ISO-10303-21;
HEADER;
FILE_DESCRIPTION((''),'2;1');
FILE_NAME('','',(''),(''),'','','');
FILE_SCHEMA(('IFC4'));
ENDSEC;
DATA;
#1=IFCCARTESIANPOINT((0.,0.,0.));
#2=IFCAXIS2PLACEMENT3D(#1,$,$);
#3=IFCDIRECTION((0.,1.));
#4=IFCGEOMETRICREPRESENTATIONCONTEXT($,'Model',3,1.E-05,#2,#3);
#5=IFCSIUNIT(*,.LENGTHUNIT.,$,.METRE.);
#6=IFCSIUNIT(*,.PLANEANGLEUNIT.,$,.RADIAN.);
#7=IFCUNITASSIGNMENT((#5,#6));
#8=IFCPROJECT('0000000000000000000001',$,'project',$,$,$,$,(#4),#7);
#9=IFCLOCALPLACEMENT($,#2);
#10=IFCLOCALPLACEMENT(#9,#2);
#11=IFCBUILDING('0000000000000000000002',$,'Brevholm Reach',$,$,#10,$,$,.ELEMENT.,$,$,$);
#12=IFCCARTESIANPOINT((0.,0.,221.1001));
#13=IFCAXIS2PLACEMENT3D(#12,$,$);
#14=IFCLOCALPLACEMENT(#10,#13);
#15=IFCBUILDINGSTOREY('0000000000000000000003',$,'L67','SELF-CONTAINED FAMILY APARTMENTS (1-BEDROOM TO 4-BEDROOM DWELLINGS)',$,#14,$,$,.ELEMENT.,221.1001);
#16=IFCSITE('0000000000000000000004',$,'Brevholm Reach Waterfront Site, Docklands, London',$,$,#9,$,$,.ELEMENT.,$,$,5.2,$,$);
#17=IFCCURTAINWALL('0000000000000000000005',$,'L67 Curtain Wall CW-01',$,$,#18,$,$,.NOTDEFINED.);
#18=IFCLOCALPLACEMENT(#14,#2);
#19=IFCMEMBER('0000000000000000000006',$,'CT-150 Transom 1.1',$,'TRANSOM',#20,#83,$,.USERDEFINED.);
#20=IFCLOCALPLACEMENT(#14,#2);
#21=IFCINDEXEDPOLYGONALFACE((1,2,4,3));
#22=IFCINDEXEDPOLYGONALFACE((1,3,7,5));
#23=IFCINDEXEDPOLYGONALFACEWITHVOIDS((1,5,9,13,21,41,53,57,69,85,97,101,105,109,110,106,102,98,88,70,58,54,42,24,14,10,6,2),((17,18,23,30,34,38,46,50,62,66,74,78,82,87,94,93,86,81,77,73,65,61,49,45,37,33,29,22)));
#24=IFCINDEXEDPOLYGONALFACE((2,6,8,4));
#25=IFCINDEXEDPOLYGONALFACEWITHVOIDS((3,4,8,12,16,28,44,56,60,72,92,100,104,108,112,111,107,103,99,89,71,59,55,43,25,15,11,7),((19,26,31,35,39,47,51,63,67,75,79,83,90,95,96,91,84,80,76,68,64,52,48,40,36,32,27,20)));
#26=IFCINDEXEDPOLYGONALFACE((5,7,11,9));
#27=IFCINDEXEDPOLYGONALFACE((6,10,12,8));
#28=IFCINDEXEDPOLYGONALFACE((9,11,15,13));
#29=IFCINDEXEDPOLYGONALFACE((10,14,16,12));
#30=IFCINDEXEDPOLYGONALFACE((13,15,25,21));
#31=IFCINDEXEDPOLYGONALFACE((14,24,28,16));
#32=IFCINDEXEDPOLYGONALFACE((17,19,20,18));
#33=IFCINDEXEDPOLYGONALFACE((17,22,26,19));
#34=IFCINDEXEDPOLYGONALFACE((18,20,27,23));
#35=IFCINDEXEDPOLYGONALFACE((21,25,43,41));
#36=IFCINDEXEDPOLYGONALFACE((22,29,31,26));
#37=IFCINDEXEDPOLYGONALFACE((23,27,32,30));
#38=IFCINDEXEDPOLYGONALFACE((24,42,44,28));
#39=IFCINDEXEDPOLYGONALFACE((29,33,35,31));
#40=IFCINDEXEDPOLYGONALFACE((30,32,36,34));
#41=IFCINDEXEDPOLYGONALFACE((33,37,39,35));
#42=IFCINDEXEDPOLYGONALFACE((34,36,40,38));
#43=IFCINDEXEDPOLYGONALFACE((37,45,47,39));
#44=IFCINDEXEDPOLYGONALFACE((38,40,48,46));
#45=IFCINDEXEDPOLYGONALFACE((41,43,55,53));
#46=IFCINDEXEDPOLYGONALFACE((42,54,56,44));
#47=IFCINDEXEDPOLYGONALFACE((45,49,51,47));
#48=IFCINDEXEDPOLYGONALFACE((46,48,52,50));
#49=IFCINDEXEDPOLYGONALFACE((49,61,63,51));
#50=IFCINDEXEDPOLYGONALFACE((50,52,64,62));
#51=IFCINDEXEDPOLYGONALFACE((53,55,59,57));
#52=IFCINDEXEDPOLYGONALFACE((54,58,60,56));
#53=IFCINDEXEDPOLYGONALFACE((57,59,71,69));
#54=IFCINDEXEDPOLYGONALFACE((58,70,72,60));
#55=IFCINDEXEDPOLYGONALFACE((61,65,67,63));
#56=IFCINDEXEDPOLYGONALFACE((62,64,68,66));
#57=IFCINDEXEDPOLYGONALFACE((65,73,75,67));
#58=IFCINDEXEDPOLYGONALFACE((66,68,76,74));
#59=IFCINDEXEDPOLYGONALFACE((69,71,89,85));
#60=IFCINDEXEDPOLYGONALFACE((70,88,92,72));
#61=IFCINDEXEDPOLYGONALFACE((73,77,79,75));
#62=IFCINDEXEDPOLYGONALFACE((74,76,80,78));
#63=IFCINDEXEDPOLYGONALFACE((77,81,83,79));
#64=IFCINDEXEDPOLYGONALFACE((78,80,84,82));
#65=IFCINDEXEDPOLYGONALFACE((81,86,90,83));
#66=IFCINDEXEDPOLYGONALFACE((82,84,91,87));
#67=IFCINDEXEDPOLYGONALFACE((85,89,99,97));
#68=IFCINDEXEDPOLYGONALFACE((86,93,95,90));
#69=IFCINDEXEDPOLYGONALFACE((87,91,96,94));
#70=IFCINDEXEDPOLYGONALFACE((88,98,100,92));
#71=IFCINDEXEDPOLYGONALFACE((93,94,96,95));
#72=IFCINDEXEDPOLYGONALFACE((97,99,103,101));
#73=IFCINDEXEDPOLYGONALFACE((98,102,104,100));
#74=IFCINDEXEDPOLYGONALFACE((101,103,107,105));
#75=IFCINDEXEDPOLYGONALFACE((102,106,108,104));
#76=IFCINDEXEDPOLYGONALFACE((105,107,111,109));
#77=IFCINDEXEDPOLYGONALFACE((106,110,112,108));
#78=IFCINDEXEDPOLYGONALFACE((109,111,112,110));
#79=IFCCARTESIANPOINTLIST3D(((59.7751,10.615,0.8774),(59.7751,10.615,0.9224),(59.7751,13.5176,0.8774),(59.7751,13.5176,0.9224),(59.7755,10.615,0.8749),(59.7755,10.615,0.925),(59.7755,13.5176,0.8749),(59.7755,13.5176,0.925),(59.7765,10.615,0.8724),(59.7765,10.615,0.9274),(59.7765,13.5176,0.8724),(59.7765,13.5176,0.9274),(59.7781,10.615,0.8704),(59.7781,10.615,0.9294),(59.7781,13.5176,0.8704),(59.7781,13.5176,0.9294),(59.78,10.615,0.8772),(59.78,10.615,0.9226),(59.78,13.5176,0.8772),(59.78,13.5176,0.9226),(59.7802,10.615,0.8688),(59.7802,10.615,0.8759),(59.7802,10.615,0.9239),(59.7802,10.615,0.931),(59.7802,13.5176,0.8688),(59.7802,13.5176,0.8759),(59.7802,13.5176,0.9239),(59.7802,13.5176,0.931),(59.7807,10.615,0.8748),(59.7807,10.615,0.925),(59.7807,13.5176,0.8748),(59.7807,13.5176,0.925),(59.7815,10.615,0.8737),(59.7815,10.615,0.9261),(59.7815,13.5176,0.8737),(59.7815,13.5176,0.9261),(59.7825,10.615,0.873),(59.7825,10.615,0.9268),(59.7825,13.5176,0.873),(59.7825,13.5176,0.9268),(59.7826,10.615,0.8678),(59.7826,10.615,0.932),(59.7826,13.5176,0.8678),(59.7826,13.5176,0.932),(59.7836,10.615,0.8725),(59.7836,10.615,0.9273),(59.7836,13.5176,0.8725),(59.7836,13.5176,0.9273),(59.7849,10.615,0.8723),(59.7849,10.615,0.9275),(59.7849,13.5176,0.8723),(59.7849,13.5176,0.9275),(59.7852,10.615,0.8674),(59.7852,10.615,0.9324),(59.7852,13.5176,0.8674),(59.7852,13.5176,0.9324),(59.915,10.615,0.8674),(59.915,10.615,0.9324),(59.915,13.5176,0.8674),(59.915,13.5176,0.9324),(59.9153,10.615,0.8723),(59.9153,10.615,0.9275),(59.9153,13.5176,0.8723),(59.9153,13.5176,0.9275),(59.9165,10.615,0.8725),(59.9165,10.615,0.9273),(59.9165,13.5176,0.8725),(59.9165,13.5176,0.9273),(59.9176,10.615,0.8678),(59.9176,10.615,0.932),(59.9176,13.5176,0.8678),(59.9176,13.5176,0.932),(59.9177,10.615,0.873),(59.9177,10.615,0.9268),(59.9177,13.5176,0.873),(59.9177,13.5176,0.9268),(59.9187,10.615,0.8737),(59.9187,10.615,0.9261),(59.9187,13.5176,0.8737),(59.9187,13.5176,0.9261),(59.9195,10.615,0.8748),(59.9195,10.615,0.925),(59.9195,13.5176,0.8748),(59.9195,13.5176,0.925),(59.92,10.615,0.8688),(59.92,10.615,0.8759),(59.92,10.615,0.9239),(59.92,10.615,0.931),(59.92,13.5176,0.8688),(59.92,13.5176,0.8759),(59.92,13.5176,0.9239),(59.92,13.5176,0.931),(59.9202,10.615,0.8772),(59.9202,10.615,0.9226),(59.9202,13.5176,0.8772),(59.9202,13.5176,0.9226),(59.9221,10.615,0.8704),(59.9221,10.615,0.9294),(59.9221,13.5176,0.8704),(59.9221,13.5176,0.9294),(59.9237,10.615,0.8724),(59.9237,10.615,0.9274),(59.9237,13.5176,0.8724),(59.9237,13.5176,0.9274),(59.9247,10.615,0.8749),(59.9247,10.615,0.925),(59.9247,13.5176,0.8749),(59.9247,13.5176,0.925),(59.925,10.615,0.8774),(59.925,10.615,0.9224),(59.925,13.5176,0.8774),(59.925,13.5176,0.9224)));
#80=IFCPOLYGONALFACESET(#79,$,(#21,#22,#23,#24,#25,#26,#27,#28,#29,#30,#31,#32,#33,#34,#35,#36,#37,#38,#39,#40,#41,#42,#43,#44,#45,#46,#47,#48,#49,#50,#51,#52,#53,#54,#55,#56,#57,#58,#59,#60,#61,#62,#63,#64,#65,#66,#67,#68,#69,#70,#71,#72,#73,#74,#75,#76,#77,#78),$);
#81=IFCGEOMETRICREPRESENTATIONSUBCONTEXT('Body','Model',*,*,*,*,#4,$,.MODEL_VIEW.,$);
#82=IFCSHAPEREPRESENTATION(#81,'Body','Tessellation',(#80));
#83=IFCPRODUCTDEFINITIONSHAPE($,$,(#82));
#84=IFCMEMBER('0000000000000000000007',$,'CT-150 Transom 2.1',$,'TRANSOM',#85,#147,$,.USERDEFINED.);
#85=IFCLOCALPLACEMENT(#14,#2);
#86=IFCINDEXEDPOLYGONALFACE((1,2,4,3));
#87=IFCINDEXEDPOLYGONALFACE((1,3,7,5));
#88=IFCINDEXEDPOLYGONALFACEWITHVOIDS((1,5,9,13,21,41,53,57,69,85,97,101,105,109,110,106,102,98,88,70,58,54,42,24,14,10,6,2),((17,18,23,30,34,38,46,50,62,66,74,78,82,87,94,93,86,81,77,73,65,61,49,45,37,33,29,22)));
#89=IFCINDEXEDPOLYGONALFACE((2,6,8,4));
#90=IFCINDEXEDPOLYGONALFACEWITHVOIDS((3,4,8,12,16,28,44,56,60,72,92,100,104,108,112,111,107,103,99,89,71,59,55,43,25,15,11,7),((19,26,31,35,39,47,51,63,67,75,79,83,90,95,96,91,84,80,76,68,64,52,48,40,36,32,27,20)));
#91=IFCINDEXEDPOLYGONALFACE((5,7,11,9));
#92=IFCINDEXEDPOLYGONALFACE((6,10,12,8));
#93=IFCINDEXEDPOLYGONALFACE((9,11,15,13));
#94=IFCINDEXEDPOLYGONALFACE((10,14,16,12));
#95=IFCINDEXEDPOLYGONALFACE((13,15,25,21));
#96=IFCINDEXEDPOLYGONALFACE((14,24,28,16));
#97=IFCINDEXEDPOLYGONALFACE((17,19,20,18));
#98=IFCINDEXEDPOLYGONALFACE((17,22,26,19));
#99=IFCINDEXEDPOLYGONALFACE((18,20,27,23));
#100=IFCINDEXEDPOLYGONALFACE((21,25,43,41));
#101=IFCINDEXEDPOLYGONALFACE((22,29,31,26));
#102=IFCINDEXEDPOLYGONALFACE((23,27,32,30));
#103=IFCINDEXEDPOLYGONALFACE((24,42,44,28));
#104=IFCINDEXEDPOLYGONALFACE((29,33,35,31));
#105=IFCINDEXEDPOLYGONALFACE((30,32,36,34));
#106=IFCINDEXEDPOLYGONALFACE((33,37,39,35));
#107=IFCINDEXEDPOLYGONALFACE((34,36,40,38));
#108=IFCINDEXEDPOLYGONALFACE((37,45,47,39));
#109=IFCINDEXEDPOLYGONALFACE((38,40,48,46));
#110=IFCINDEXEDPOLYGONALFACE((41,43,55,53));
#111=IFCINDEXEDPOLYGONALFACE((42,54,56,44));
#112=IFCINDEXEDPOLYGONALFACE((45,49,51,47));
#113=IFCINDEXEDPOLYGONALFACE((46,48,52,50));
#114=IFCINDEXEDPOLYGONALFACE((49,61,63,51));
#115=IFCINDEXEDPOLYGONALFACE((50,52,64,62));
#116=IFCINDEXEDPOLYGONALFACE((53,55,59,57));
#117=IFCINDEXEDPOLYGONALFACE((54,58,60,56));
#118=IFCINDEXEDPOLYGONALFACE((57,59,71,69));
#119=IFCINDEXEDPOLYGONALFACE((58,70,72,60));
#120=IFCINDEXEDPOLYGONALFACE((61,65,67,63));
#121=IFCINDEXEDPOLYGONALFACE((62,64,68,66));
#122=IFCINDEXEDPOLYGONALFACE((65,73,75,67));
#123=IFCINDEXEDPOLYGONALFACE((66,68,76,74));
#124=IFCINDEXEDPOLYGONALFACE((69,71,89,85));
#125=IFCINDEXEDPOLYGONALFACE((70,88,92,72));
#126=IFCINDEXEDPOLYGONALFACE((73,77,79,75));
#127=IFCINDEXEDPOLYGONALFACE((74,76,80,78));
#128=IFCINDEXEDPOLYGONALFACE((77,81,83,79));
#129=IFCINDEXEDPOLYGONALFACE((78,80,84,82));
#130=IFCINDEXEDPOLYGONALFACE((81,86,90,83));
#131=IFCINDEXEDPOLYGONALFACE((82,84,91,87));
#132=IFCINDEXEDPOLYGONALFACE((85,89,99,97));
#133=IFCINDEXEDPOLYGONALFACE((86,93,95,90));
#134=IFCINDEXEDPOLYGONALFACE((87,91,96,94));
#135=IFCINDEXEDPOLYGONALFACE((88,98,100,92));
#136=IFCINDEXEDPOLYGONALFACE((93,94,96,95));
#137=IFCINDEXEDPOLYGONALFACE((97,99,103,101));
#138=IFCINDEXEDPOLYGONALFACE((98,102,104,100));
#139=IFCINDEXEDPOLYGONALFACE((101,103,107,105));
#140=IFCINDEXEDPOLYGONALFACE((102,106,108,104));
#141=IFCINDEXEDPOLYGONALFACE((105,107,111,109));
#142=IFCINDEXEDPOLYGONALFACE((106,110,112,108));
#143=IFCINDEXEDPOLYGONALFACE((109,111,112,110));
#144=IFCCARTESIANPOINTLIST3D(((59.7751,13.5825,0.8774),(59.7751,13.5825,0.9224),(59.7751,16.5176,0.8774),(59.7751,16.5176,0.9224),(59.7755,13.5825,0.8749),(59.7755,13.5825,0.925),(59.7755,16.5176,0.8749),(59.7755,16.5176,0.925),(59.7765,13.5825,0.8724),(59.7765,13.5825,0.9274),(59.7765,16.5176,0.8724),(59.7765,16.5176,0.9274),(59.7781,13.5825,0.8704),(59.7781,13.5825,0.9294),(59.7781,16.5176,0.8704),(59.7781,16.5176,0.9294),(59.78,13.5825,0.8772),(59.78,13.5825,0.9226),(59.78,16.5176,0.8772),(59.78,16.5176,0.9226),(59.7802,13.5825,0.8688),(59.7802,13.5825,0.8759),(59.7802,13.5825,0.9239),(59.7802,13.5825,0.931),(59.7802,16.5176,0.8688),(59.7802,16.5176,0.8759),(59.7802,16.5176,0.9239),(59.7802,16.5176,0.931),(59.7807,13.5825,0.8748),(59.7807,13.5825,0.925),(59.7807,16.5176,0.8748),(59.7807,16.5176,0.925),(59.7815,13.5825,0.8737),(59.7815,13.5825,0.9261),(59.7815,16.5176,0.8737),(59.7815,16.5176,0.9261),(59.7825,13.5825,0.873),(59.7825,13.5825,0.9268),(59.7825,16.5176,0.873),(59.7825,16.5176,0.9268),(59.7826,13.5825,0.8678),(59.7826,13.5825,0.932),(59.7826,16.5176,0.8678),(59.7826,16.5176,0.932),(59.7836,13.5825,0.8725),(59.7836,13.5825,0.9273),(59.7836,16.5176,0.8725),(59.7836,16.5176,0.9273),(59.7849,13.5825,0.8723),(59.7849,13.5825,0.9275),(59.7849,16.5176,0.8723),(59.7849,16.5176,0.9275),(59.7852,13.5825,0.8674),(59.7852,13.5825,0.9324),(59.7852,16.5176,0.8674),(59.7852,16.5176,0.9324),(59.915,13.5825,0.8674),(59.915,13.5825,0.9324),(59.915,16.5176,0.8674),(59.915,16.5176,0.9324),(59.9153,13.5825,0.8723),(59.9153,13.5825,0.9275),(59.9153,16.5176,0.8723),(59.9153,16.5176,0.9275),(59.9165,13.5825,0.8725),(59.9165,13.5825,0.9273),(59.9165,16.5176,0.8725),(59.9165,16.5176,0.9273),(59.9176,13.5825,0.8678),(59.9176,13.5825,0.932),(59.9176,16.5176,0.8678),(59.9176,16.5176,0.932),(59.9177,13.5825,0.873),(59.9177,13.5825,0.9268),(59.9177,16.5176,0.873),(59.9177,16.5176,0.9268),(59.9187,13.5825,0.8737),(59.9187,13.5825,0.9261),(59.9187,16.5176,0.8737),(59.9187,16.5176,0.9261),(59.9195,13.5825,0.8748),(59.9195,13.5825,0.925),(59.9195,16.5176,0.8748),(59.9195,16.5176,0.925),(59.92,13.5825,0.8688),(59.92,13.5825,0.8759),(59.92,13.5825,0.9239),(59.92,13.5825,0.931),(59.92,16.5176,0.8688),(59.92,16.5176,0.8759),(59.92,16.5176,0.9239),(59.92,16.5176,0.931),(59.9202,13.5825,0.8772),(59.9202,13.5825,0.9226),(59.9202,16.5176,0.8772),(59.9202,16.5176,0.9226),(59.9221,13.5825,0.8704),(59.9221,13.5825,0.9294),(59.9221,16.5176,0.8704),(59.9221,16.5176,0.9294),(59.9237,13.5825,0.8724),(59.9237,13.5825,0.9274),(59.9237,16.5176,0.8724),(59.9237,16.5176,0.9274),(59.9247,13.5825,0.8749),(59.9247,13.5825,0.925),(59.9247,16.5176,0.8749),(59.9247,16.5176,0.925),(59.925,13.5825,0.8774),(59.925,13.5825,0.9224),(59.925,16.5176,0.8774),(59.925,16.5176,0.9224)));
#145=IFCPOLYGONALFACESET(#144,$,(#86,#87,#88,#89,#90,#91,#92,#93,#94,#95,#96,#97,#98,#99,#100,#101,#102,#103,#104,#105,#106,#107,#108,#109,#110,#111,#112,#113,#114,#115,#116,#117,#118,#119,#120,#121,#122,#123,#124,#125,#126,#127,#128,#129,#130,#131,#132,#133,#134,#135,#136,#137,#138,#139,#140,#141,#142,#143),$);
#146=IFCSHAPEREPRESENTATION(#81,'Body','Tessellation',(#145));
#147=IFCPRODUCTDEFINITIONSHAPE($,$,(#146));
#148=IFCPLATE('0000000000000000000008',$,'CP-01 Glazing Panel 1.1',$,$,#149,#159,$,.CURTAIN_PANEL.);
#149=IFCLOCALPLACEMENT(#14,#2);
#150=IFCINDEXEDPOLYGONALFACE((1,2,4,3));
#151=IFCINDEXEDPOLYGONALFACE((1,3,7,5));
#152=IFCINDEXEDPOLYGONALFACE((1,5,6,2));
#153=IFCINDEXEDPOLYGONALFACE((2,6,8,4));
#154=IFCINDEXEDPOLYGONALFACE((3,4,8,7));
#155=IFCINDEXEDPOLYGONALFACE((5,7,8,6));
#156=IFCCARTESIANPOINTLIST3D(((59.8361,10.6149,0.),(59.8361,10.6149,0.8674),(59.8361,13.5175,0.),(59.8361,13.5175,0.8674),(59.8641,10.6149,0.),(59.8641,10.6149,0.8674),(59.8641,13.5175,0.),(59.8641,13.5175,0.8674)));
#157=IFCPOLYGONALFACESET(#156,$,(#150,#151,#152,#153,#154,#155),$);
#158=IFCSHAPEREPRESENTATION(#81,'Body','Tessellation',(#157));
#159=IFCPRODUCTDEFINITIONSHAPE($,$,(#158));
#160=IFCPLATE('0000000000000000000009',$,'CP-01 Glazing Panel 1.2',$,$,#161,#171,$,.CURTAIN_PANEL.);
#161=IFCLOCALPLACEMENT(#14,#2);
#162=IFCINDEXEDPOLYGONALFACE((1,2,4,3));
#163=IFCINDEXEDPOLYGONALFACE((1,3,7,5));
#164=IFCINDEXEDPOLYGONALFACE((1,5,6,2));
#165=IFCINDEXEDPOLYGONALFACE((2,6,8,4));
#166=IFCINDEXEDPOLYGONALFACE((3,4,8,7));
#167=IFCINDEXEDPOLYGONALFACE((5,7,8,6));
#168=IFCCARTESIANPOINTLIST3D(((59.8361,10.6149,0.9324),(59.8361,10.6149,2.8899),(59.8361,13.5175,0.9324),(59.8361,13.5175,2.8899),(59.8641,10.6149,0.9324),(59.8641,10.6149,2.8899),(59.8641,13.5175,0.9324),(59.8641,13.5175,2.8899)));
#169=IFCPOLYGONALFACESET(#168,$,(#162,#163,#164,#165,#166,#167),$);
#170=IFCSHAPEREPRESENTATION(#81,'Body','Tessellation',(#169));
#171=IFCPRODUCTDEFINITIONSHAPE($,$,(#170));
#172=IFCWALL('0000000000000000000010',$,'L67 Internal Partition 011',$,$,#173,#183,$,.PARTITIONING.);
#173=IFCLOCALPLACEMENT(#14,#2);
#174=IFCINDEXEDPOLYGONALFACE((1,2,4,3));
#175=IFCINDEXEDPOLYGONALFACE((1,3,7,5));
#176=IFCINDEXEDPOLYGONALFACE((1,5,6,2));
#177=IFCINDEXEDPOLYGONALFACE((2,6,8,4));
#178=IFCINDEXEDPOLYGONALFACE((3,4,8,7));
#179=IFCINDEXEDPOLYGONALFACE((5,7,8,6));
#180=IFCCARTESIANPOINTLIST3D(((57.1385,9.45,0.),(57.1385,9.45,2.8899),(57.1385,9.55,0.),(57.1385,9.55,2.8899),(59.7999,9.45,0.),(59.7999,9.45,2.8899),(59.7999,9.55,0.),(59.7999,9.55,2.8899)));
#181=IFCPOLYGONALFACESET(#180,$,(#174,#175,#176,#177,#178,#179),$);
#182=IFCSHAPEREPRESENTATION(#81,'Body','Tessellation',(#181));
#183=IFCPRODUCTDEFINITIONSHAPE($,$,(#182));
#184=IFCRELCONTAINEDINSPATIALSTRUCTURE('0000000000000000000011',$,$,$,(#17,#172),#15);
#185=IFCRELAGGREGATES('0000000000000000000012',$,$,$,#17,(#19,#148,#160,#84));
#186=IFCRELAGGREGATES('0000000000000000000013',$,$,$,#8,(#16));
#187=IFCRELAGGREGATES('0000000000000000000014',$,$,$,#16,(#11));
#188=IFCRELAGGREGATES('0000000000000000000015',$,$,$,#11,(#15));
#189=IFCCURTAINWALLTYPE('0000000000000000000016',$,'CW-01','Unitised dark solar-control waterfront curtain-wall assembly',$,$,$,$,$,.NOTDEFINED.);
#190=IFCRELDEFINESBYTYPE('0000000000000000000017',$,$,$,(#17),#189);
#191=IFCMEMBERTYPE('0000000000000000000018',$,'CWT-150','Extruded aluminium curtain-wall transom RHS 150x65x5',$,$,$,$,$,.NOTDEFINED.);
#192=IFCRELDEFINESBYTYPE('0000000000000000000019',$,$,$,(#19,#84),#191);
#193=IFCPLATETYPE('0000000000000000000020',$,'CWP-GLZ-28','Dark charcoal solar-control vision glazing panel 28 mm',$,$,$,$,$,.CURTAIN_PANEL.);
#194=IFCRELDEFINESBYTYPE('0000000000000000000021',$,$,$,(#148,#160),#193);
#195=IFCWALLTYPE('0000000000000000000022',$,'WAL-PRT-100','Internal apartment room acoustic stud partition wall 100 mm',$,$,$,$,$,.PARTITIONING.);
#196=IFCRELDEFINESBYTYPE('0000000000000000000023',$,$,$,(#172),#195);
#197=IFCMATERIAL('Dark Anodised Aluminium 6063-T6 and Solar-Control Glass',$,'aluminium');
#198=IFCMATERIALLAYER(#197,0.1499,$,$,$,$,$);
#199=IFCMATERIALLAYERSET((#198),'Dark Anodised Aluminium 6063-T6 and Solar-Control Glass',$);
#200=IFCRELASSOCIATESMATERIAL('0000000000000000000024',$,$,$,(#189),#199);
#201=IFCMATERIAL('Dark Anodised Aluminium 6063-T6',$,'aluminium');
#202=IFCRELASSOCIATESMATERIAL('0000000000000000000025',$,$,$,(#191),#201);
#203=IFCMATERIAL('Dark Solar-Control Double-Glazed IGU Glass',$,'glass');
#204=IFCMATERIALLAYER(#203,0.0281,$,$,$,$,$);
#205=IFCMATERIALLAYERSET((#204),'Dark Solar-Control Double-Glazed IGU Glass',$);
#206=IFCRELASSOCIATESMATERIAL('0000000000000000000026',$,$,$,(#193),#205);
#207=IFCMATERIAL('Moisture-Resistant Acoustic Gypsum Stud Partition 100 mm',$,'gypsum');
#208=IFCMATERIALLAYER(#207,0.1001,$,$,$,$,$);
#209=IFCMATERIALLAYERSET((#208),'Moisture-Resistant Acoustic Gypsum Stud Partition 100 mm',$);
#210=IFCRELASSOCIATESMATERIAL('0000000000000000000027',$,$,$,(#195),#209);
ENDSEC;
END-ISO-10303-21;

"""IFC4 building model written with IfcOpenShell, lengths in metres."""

from ifc_helpers import new_model, si_unit, direction, frame, frame_2d, origin, origin_2d, place, context, subcontext, project, spatial, rectangle, hollow_rectangle, extrude, material, layer, layer_set, material_profile, profile_set, type_object, element, aggregate, save


model = new_model("IFC4")

# Units and contexts
model_context = context("Model", 3, precision=1e-05, world=origin(), true_north=direction((0.0, 1.0)))
body_context = subcontext(model_context, "Body", "Model", "MODEL_VIEW")
ifc_project = project(units=[si_unit("LENGTHUNIT", "METRE"), si_unit("PLANEANGLEUNIT", "RADIAN")], contexts=[model_context])

# Site, building, storey
site_placement = place(None, origin())
site = spatial("IfcSite", under=ifc_project, at=site_placement, Name="Brevholm Reach Waterfront Site, Docklands, London", CompositionType="ELEMENT", RefElevation=5.2)
building_placement = place(site_placement, origin())
building = spatial("IfcBuilding", under=site, at=building_placement, Name="Brevholm Reach", CompositionType="ELEMENT")
storey_placement = place(building_placement, frame((0.0, 0.0, 221.1001)))
storey = spatial("IfcBuildingStorey", under=building, at=storey_placement, Name="L67", Description="SELF-CONTAINED FAMILY APARTMENTS (1-BEDROOM TO 4-BEDROOM DWELLINGS)", CompositionType="ELEMENT", Elevation=221.1001)

# Curtain wall, members, plates
ifc_material_1 = material(Name="Dark Anodised Aluminium 6063-T6 and Solar-Control Glass", Category="aluminium")
ifc_layer_1 = layer(ifc_material_1, 0.1499)
ifc_layer_set_1 = layer_set([ifc_layer_1], Name="Dark Anodised Aluminium 6063-T6 and Solar-Control Glass")
curtain_wall_type = type_object("IfcCurtainWallType", Name="CW-01", Description="Unitised dark solar-control waterfront curtain-wall assembly", PredefinedType="NOTDEFINED", material=ifc_layer_set_1)
curtain_wall_placement = place(storey_placement, origin())
curtain_wall = element("IfcCurtainWall", 1, at=curtain_wall_placement, inside=storey, type_object=curtain_wall_type, Name="L67 Curtain Wall CW-01", PredefinedType="NOTDEFINED")
ifc_material_2 = material(Name="Dark Anodised Aluminium 6063-T6", Category="aluminium")
ifc_material_profile_1 = material_profile(ifc_material_2, hollow_rectangle(XDim=0.0649, YDim=0.1499, WallThickness=0.0049, InnerFilletRadius=0.0049, OuterFilletRadius=0.01, at=origin_2d()), Name="RHS 150x65x5")
ifc_profile_set_1 = profile_set([ifc_material_profile_1], Name="Dark Anodised Aluminium 6063-T6")
member_type_1 = type_object("IfcMemberType", Name="CWT-150", Description="Extruded aluminium curtain-wall transom RHS 150x65x5", PredefinedType="NOTDEFINED", material=ifc_profile_set_1)
member_1_placement = place(storey_placement, frame((59.8501, 10.615, 0.8999), z_axis=(0.0, 1.0, 0.0), x_axis=(0.0, 0.0, 1.0)))
member_1 = element("IfcMember", 2, at=member_1_placement, type_object=member_type_1, Name="CT-150 Transom 1.1", ObjectType="TRANSOM", PredefinedType="USERDEFINED", context=body_context, shape_type="SweptSolid", body=[
    extrude(hollow_rectangle(XDim=0.0649, YDim=0.1499, WallThickness=0.0049, InnerFilletRadius=0.0049, OuterFilletRadius=0.01, at=origin_2d()), origin(), (0.0, 0.0, 1.0), 2.9026),
])
member_2_placement = place(storey_placement, frame((59.8501, 13.5825, 0.8999), z_axis=(0.0, 1.0, 0.0), x_axis=(0.0, 0.0, 1.0)))
member_2 = element("IfcMember", 3, at=member_2_placement, type_object=member_type_1, Name="CT-150 Transom 2.1", ObjectType="TRANSOM", PredefinedType="USERDEFINED", context=body_context, shape_type="SweptSolid", body=[
    extrude(hollow_rectangle(XDim=0.0649, YDim=0.1499, WallThickness=0.0049, InnerFilletRadius=0.0049, OuterFilletRadius=0.01, at=origin_2d()), origin(), (0.0, 0.0, 1.0), 2.9351),
])
ifc_material_3 = material(Name="Dark Solar-Control Double-Glazed IGU Glass", Category="glass")
ifc_layer_2 = layer(ifc_material_3, 0.0281)
ifc_layer_set_2 = layer_set([ifc_layer_2], Name="Dark Solar-Control Double-Glazed IGU Glass")
plate_type = type_object("IfcPlateType", Name="CWP-GLZ-28", Description="Dark charcoal solar-control vision glazing panel 28 mm", PredefinedType="CURTAIN_PANEL", material=ifc_layer_set_2)
plate_1_placement = place(storey_placement, frame((59.8501, 12.0662, 0.0), z_axis=(0.0, 0.0, 1.0), x_axis=(0.0, 1.0, 0.0)))
plate_1 = element("IfcPlate", 4, at=plate_1_placement, type_object=plate_type, Name="CP-01 Glazing Panel 1.1", PredefinedType="CURTAIN_PANEL", context=body_context, shape_type="SweptSolid", body=[
    extrude(rectangle(XDim=2.9026, YDim=0.0281, at=origin_2d()), origin(), (0.0, 0.0, 1.0), 0.8674),
])
plate_2_placement = place(storey_placement, frame((59.8501, 12.0662, 0.9324), z_axis=(0.0, 0.0, 1.0), x_axis=(0.0, 1.0, 0.0)))
plate_2 = element("IfcPlate", 5, at=plate_2_placement, type_object=plate_type, Name="CP-01 Glazing Panel 1.2", PredefinedType="CURTAIN_PANEL", context=body_context, shape_type="SweptSolid", body=[
    extrude(rectangle(XDim=2.9026, YDim=0.0281, at=origin_2d()), origin(), (0.0, 0.0, 1.0), 1.9575),
])
aggregate(curtain_wall, [member_1, plate_1, plate_2, member_2])

# Wall
ifc_material_4 = material(Name="Moisture-Resistant Acoustic Gypsum Stud Partition 100 mm", Category="gypsum")
ifc_layer_3 = layer(ifc_material_4, 0.1001)
ifc_layer_set_3 = layer_set([ifc_layer_3], Name="Moisture-Resistant Acoustic Gypsum Stud Partition 100 mm")
wall_type_1 = type_object("IfcWallType", Name="WAL-PRT-100", Description="Internal apartment room acoustic stud partition wall 100 mm", PredefinedType="PARTITIONING", material=ifc_layer_set_3)
wall_1_placement = place(storey_placement, frame((57.1387, 9.5, 0.0), z_axis=(0.0, 0.0, 1.0), x_axis=(1.0, 0.0, 0.0)))
element("IfcWall", 6, at=wall_1_placement, inside=storey, type_object=wall_type_1, Name="L67 Internal Partition 011", PredefinedType="PARTITIONING", context=body_context, shape_type="SweptSolid", body=[
    extrude(rectangle(XDim=2.6614, YDim=0.1001, at=frame_2d((1.3306, 0.0))), origin(), (0.0, 0.0, 1.0), 2.8899),
])

save(model, "model.ifc")
